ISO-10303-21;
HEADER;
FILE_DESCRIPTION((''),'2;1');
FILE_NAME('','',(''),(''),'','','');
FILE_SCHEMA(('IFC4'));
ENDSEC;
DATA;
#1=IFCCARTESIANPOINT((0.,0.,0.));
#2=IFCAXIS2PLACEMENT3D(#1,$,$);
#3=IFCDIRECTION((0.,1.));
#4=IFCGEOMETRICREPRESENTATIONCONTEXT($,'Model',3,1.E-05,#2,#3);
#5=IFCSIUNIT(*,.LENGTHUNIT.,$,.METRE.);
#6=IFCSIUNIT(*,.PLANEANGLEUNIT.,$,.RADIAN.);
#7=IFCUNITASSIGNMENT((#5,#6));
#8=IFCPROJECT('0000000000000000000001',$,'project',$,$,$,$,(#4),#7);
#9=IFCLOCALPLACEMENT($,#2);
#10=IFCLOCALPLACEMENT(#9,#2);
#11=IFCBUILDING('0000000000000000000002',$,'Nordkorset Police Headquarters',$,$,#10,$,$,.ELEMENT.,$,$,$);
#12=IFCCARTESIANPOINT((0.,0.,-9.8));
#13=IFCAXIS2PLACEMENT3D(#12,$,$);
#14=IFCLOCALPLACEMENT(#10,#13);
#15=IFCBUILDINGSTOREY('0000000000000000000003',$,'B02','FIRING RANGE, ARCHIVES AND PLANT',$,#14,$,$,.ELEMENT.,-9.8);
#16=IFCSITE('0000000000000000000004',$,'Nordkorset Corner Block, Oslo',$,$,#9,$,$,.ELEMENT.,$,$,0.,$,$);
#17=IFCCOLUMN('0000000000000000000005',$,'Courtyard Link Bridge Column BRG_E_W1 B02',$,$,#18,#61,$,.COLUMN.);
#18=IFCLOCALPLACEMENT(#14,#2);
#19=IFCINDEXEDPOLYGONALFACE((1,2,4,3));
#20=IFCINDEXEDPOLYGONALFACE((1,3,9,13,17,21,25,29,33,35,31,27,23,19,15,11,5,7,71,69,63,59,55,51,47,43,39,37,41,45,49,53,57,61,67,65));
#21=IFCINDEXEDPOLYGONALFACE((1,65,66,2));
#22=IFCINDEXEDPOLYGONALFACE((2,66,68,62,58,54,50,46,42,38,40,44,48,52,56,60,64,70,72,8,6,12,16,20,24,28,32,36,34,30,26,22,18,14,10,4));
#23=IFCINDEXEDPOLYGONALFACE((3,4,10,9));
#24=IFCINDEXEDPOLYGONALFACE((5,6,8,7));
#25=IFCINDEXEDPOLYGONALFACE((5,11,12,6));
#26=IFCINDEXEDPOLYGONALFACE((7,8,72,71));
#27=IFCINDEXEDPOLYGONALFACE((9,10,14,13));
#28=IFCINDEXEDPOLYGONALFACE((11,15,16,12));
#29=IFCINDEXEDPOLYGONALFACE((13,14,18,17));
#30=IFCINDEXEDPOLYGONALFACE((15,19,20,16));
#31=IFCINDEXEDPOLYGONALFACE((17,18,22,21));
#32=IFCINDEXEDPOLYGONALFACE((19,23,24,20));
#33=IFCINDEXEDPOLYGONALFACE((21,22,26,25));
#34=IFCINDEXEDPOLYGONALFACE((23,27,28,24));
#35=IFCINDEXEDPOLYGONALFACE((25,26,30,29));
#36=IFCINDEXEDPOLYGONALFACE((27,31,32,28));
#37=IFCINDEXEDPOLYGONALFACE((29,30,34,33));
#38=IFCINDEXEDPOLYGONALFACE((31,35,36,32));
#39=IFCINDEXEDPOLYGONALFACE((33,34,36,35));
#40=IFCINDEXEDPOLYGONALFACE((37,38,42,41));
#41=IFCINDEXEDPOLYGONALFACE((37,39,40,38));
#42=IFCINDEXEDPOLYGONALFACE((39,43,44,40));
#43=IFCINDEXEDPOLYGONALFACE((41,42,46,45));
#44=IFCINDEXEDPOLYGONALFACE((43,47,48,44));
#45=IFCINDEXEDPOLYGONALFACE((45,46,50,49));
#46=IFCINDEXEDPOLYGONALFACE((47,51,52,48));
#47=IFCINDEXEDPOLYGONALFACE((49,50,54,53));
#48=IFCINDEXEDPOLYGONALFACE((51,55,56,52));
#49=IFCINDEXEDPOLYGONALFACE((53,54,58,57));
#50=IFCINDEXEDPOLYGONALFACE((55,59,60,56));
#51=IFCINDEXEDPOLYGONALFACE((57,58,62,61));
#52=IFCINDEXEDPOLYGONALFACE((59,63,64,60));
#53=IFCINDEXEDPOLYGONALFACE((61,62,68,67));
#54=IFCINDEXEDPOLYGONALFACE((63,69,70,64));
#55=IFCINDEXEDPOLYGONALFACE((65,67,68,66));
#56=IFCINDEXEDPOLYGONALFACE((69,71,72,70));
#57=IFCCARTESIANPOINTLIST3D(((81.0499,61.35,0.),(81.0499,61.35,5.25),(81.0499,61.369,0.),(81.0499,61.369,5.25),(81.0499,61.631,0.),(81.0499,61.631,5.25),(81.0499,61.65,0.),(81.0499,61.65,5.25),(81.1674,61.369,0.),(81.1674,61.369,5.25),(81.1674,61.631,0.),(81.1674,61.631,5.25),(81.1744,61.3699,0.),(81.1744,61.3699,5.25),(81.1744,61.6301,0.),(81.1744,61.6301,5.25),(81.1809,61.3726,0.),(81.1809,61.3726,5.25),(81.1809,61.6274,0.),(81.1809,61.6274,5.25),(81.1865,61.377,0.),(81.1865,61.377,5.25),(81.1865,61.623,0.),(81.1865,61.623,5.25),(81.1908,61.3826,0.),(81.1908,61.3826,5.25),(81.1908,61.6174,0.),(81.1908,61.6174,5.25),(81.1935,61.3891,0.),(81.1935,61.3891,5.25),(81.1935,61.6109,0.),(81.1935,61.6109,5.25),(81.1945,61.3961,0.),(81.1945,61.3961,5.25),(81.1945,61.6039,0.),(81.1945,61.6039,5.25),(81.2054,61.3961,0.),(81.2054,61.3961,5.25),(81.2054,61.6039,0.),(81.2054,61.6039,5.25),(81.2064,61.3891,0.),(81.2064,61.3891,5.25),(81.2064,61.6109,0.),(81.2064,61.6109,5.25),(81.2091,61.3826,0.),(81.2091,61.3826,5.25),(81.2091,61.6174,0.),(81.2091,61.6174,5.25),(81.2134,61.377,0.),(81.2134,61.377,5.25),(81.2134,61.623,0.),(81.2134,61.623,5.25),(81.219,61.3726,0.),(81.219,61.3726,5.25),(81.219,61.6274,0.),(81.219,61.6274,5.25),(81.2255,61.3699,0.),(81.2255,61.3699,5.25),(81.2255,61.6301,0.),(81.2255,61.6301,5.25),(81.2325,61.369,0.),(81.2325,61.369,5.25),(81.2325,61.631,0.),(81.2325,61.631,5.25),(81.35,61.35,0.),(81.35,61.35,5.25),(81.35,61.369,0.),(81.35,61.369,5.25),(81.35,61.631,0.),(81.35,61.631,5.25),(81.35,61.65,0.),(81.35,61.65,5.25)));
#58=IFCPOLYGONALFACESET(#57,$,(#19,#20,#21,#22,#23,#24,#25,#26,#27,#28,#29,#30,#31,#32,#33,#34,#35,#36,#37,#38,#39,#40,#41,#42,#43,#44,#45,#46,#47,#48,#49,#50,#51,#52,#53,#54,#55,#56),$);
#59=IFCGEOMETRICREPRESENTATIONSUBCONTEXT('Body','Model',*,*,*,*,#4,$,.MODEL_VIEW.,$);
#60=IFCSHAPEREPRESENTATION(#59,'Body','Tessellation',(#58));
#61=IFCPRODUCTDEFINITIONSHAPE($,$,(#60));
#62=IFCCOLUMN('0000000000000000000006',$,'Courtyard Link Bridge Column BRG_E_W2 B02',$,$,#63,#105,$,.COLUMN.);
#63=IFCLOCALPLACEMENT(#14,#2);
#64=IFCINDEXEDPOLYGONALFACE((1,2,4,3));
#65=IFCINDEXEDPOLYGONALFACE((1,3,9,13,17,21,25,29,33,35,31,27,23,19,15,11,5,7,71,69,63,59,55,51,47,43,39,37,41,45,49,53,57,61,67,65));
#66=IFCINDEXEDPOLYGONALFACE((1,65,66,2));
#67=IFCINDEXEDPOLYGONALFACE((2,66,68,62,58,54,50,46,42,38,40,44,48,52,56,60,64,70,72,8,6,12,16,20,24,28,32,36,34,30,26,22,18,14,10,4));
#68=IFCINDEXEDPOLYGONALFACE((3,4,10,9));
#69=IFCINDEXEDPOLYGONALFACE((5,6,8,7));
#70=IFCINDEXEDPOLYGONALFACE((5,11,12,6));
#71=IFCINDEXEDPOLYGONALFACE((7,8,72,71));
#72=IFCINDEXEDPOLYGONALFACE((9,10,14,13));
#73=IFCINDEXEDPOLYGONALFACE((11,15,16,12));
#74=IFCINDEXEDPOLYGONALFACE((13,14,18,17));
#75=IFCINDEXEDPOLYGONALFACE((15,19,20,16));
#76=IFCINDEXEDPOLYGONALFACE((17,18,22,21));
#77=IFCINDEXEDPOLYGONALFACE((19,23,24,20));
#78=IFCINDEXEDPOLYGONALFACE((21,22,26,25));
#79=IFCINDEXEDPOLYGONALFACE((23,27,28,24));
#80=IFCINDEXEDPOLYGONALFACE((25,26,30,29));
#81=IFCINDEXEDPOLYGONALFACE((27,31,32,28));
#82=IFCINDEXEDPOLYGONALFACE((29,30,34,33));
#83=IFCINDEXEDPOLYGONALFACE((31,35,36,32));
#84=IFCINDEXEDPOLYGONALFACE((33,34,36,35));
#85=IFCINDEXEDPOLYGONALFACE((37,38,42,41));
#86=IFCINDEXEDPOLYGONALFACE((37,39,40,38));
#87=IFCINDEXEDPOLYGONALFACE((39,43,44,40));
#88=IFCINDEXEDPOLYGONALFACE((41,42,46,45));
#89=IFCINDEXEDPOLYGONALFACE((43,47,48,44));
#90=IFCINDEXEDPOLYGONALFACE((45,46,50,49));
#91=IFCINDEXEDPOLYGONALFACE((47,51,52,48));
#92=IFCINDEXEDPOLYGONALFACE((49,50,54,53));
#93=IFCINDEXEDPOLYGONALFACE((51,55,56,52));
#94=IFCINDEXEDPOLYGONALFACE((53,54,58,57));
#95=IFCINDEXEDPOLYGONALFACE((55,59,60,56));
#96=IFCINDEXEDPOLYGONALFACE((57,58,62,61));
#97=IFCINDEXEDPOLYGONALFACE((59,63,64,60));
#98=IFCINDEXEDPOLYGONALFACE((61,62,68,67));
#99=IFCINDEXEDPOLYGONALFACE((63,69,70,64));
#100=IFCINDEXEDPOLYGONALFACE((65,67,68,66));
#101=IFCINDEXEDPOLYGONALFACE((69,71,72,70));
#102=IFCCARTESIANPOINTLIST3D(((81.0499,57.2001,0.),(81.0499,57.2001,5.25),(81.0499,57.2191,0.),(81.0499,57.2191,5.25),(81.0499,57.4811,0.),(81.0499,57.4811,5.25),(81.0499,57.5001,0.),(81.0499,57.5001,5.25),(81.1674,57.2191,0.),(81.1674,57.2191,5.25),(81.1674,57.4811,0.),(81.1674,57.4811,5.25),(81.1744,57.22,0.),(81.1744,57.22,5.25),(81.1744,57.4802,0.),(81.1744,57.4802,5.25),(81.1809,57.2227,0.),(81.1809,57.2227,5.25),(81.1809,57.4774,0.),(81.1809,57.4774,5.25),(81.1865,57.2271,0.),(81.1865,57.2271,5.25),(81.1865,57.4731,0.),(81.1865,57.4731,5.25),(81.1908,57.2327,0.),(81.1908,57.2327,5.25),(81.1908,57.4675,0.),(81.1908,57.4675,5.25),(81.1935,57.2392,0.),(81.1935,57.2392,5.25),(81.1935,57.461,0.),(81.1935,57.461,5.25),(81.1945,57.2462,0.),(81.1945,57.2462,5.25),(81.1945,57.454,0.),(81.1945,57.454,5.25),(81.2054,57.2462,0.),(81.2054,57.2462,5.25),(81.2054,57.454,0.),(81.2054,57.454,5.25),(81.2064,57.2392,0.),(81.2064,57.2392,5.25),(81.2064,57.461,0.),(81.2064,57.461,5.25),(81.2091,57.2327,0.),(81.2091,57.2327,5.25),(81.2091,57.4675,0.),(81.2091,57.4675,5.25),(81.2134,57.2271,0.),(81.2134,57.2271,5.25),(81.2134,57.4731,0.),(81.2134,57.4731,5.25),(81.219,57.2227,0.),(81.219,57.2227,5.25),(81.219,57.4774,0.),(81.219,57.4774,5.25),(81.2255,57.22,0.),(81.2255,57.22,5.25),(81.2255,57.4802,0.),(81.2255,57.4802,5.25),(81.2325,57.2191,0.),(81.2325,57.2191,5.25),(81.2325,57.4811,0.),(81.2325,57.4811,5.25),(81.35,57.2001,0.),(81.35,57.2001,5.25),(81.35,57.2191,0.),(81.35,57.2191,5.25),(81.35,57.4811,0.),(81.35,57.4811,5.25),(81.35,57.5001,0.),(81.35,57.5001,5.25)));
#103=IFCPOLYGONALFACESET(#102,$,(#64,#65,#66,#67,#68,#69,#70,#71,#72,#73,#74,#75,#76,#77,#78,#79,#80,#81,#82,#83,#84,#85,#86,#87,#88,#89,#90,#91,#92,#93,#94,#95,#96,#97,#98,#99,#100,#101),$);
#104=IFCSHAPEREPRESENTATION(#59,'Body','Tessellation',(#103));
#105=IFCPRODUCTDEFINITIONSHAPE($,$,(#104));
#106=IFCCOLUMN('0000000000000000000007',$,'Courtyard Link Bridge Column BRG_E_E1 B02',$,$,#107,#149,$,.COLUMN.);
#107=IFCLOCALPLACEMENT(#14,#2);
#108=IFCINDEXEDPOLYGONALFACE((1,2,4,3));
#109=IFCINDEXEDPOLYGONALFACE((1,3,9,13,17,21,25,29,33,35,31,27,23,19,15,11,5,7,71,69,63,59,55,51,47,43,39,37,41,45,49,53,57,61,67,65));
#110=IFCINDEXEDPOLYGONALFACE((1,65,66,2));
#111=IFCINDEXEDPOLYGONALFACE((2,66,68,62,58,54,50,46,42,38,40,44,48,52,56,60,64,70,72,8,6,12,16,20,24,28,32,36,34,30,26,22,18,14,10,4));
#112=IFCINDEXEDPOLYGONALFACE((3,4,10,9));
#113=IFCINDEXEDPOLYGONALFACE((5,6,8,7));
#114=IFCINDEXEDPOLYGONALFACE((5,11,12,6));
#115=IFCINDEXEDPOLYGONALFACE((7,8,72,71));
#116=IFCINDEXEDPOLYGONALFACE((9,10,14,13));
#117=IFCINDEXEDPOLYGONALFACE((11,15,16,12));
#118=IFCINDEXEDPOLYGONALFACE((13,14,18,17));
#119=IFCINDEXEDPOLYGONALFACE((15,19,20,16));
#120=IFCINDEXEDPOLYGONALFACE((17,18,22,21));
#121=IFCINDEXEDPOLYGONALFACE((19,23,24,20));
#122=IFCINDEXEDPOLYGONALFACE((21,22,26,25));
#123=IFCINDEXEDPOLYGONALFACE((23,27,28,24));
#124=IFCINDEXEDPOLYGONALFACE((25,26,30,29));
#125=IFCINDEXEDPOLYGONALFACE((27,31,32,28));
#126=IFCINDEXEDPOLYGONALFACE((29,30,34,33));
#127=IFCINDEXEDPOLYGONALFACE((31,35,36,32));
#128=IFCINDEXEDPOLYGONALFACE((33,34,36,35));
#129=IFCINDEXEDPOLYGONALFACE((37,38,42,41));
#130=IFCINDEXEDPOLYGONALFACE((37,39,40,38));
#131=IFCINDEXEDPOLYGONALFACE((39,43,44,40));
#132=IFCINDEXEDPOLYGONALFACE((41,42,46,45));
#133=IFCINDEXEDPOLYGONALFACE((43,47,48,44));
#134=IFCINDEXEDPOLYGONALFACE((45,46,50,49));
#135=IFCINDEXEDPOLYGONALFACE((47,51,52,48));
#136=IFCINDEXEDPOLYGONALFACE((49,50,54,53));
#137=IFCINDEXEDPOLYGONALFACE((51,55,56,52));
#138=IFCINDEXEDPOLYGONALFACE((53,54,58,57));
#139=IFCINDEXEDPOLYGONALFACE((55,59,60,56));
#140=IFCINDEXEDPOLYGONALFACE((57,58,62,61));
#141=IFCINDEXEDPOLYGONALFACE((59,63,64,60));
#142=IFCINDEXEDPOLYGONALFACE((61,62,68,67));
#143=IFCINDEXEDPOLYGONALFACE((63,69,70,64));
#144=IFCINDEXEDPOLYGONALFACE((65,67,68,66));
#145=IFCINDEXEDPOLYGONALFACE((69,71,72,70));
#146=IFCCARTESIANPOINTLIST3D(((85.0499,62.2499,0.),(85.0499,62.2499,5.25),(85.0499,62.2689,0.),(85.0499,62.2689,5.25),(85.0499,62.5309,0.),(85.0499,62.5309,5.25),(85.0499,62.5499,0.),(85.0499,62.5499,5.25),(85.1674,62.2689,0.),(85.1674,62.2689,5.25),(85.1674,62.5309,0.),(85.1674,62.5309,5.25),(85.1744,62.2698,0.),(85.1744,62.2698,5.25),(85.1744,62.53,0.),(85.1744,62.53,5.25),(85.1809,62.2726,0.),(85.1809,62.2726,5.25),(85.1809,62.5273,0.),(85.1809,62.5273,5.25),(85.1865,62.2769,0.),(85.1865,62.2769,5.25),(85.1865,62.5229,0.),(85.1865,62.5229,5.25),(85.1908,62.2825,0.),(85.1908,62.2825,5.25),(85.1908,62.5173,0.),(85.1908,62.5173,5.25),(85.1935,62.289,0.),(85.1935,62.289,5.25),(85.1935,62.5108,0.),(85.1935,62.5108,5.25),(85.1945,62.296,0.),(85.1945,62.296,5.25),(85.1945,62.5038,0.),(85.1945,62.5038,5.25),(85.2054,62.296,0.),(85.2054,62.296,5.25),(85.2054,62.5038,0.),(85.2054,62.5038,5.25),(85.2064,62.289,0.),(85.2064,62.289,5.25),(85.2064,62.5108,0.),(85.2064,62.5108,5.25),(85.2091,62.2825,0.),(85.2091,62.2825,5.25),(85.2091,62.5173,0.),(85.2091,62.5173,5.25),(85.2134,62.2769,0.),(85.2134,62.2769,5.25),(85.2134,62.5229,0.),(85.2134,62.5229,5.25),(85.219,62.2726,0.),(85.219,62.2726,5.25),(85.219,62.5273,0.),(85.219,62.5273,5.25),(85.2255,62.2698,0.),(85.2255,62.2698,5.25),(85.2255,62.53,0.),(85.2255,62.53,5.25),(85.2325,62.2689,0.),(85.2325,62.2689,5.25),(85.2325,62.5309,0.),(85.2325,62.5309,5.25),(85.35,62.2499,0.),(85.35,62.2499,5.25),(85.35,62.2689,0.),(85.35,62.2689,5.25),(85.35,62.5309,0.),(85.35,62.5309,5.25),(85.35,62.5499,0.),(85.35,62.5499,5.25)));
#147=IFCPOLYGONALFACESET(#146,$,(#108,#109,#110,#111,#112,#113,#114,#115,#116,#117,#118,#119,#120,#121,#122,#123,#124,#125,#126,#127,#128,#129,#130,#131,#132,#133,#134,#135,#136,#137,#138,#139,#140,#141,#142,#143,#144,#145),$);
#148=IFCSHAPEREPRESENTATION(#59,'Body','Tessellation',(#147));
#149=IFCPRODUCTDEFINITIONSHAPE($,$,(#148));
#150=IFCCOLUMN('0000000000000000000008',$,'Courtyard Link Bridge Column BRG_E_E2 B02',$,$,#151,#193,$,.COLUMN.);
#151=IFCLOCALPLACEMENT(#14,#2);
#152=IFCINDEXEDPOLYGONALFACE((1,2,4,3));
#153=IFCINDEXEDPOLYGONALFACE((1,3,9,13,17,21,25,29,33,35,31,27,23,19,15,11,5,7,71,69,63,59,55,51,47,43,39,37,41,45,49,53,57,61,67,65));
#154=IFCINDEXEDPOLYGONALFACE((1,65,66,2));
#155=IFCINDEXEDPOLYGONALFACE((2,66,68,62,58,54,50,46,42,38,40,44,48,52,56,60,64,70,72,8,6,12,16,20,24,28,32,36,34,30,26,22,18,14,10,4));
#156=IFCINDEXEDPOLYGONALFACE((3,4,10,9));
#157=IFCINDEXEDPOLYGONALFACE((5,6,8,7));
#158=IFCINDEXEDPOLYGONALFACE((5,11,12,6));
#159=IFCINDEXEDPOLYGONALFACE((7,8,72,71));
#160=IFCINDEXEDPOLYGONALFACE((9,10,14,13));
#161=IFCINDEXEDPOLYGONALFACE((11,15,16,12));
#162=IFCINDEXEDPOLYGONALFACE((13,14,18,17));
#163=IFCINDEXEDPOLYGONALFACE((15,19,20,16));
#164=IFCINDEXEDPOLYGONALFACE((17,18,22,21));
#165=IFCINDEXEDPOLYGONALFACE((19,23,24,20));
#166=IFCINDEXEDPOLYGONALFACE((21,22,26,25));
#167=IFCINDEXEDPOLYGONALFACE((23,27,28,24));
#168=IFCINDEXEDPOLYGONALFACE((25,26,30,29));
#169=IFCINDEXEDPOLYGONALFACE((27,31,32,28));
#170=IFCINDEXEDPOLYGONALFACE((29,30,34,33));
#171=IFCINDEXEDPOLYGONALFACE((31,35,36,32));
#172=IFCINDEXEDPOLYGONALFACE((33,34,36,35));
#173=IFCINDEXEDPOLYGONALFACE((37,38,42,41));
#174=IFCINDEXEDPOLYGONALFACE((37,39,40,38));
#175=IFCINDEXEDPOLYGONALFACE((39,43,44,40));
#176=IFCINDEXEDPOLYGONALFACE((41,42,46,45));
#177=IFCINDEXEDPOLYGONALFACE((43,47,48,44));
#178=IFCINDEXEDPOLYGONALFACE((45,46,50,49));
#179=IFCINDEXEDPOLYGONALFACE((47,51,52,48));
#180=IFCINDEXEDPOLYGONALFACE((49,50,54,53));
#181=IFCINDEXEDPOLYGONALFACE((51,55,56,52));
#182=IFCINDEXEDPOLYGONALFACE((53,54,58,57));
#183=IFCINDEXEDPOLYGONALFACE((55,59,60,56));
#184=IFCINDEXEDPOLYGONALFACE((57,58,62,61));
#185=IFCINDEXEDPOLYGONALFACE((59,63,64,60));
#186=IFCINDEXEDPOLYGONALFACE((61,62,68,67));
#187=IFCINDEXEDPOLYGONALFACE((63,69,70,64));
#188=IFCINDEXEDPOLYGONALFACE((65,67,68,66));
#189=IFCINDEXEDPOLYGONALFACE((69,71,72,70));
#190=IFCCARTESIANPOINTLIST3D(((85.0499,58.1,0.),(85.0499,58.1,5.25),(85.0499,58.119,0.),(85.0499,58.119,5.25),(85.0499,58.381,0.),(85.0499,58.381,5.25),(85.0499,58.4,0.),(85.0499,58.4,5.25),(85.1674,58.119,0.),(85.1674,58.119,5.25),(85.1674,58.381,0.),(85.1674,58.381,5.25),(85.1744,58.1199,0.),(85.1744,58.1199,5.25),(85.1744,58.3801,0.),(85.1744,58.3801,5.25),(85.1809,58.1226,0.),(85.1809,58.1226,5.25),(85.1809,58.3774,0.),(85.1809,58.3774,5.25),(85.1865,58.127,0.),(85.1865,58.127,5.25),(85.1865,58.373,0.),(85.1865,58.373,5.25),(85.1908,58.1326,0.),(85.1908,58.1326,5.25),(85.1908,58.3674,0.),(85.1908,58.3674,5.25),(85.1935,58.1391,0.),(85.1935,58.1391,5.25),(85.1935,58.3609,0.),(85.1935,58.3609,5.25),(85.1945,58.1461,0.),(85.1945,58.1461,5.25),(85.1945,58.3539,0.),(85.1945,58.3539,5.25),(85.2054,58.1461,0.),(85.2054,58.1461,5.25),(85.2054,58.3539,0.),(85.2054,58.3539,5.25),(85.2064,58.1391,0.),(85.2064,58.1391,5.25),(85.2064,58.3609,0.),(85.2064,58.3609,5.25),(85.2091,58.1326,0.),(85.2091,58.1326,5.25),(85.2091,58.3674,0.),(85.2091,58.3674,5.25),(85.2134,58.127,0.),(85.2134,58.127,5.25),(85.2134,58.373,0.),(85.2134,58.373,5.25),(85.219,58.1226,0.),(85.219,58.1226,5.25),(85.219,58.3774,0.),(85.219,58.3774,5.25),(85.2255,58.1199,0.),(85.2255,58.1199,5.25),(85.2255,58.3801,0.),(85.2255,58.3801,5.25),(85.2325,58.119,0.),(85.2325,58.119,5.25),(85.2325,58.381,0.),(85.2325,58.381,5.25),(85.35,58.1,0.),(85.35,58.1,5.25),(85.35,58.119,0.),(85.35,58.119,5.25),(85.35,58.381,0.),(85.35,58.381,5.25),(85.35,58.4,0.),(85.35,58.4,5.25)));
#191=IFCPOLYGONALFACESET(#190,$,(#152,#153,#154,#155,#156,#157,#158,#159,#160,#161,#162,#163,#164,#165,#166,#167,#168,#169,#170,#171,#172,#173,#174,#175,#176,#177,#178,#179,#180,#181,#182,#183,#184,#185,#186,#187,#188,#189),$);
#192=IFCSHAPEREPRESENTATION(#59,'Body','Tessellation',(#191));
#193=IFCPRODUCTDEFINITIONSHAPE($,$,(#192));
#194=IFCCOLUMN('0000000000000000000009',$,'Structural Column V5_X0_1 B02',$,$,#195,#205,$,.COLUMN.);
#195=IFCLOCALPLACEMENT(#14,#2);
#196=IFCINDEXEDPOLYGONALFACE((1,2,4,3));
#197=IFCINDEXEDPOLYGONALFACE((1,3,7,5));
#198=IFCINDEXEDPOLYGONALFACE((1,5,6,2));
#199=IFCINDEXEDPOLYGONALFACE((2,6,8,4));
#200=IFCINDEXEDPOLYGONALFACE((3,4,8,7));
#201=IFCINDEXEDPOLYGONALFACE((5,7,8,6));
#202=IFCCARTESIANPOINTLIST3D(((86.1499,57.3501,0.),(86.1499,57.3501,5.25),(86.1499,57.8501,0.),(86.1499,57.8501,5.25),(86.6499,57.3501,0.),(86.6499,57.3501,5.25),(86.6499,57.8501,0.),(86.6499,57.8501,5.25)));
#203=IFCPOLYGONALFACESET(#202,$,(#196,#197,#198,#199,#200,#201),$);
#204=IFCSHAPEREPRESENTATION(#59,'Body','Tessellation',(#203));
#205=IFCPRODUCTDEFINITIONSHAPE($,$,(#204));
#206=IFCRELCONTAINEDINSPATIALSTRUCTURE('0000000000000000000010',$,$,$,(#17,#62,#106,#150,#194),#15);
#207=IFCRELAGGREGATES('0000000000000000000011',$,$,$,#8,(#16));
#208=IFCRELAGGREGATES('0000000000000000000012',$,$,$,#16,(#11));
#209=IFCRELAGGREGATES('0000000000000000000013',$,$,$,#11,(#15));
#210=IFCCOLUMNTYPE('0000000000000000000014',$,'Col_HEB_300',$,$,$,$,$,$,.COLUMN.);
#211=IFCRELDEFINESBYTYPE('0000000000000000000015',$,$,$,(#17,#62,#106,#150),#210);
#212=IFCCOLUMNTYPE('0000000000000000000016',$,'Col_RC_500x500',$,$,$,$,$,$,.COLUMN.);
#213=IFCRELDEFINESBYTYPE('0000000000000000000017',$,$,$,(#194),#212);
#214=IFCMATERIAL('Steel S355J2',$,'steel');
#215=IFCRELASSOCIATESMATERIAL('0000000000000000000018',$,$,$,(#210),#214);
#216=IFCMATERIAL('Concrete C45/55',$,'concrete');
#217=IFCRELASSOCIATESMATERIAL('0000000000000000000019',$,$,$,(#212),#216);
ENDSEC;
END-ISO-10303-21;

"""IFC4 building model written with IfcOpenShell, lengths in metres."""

from ifc_helpers import new_model, si_unit, direction, frame, origin, origin_2d, place, context, subcontext, project, spatial, rectangle, i_section, extrude, material, material_profile, profile_set, type_object, element, save


model = new_model("IFC4")

# Units and contexts
model_context = context("Model", 3, precision=1e-05, world=origin(), true_north=direction((0.0, 1.0)))
body_context = subcontext(model_context, "Body", "Model", "MODEL_VIEW")
ifc_project = project(units=[si_unit("LENGTHUNIT", "METRE"), si_unit("PLANEANGLEUNIT", "RADIAN")], contexts=[model_context])

# Site, building, storey
site_placement = place(None, origin())
site = spatial("IfcSite", under=ifc_project, at=site_placement, Name="Nordkorset Corner Block, Oslo", CompositionType="ELEMENT", RefElevation=0.0)
building_placement = place(site_placement, origin())
building = spatial("IfcBuilding", under=site, at=building_placement, Name="Nordkorset Police Headquarters", CompositionType="ELEMENT")
storey_placement = place(building_placement, frame((0.0, 0.0, -9.8)))
storey = spatial("IfcBuildingStorey", under=building, at=storey_placement, Name="B02", Description="FIRING RANGE, ARCHIVES AND PLANT", CompositionType="ELEMENT", Elevation=-9.8)

# Columns
ifc_material_1 = material(Name="Steel S355J2", Category="steel")
ifc_material_profile_1 = material_profile(ifc_material_1, i_section(OverallWidth=0.3, OverallDepth=0.3, WebThickness=0.011, FlangeThickness=0.019, FilletRadius=0.0271, at=origin_2d()), Name="HEB 300")
ifc_profile_set_1 = profile_set([ifc_material_profile_1], Name="Steel S355J2")
column_type_1 = type_object("IfcColumnType", Name="Col_HEB_300", PredefinedType="COLUMN", material=ifc_profile_set_1)
for number, where, z_axis, x_axis, name in (
    (1, (81.2, 61.5, 0.0), (0.0, 0.0, 1.0), (1.0, 0.0, 0.0), "Courtyard Link Bridge Column BRG_E_W1 B02"),
    (2, (81.2, 57.3501, 0.0), (0.0, 0.0, 1.0), (1.0, 0.0, 0.0), "Courtyard Link Bridge Column BRG_E_W2 B02"),
    (3, (85.2, 62.3999, 0.0), (0.0, 0.0, 1.0), (1.0, 0.0, 0.0), "Courtyard Link Bridge Column BRG_E_E1 B02"),
    (4, (85.2, 58.25, 0.0), (0.0, 0.0, 1.0), (1.0, 0.0, 0.0), "Courtyard Link Bridge Column BRG_E_E2 B02"),
):
    element("IfcColumn", number, at=place(storey_placement, frame(where, z_axis=z_axis, x_axis=x_axis)), inside=storey, type_object=column_type_1, Name=name, PredefinedType="COLUMN", context=body_context, shape_type="SweptSolid", body=[
        extrude(i_section(OverallWidth=0.3, OverallDepth=0.3, WebThickness=0.011, FlangeThickness=0.019, FilletRadius=0.0271, at=origin_2d()), origin(), (0.0, 0.0, 1.0), 5.25),
    ])
ifc_material_2 = material(Name="Concrete C45/55", Category="concrete")
ifc_material_profile_2 = material_profile(ifc_material_2, rectangle(XDim=0.5, YDim=0.5, at=origin_2d()), Name="RC 500x500")
ifc_profile_set_2 = profile_set([ifc_material_profile_2], Name="Concrete C45/55")
column_type_2 = type_object("IfcColumnType", Name="Col_RC_500x500", PredefinedType="COLUMN", material=ifc_profile_set_2)
for number, where, z_axis, x_axis, name in (
    (5, (86.3999, 57.6001, 0.0), (0.0, 0.0, 1.0), (1.0, 0.0, 0.0), "Structural Column V5_X0_1 B02"),
):
    element("IfcColumn", number, at=place(storey_placement, frame(where, z_axis=z_axis, x_axis=x_axis)), inside=storey, type_object=column_type_2, Name=name, PredefinedType="COLUMN", context=body_context, shape_type="SweptSolid", body=[
        extrude(rectangle(XDim=0.5, YDim=0.5, at=origin_2d()), origin(), (0.0, 0.0, 1.0), 5.25),
    ])

save(model, "model.ifc")
